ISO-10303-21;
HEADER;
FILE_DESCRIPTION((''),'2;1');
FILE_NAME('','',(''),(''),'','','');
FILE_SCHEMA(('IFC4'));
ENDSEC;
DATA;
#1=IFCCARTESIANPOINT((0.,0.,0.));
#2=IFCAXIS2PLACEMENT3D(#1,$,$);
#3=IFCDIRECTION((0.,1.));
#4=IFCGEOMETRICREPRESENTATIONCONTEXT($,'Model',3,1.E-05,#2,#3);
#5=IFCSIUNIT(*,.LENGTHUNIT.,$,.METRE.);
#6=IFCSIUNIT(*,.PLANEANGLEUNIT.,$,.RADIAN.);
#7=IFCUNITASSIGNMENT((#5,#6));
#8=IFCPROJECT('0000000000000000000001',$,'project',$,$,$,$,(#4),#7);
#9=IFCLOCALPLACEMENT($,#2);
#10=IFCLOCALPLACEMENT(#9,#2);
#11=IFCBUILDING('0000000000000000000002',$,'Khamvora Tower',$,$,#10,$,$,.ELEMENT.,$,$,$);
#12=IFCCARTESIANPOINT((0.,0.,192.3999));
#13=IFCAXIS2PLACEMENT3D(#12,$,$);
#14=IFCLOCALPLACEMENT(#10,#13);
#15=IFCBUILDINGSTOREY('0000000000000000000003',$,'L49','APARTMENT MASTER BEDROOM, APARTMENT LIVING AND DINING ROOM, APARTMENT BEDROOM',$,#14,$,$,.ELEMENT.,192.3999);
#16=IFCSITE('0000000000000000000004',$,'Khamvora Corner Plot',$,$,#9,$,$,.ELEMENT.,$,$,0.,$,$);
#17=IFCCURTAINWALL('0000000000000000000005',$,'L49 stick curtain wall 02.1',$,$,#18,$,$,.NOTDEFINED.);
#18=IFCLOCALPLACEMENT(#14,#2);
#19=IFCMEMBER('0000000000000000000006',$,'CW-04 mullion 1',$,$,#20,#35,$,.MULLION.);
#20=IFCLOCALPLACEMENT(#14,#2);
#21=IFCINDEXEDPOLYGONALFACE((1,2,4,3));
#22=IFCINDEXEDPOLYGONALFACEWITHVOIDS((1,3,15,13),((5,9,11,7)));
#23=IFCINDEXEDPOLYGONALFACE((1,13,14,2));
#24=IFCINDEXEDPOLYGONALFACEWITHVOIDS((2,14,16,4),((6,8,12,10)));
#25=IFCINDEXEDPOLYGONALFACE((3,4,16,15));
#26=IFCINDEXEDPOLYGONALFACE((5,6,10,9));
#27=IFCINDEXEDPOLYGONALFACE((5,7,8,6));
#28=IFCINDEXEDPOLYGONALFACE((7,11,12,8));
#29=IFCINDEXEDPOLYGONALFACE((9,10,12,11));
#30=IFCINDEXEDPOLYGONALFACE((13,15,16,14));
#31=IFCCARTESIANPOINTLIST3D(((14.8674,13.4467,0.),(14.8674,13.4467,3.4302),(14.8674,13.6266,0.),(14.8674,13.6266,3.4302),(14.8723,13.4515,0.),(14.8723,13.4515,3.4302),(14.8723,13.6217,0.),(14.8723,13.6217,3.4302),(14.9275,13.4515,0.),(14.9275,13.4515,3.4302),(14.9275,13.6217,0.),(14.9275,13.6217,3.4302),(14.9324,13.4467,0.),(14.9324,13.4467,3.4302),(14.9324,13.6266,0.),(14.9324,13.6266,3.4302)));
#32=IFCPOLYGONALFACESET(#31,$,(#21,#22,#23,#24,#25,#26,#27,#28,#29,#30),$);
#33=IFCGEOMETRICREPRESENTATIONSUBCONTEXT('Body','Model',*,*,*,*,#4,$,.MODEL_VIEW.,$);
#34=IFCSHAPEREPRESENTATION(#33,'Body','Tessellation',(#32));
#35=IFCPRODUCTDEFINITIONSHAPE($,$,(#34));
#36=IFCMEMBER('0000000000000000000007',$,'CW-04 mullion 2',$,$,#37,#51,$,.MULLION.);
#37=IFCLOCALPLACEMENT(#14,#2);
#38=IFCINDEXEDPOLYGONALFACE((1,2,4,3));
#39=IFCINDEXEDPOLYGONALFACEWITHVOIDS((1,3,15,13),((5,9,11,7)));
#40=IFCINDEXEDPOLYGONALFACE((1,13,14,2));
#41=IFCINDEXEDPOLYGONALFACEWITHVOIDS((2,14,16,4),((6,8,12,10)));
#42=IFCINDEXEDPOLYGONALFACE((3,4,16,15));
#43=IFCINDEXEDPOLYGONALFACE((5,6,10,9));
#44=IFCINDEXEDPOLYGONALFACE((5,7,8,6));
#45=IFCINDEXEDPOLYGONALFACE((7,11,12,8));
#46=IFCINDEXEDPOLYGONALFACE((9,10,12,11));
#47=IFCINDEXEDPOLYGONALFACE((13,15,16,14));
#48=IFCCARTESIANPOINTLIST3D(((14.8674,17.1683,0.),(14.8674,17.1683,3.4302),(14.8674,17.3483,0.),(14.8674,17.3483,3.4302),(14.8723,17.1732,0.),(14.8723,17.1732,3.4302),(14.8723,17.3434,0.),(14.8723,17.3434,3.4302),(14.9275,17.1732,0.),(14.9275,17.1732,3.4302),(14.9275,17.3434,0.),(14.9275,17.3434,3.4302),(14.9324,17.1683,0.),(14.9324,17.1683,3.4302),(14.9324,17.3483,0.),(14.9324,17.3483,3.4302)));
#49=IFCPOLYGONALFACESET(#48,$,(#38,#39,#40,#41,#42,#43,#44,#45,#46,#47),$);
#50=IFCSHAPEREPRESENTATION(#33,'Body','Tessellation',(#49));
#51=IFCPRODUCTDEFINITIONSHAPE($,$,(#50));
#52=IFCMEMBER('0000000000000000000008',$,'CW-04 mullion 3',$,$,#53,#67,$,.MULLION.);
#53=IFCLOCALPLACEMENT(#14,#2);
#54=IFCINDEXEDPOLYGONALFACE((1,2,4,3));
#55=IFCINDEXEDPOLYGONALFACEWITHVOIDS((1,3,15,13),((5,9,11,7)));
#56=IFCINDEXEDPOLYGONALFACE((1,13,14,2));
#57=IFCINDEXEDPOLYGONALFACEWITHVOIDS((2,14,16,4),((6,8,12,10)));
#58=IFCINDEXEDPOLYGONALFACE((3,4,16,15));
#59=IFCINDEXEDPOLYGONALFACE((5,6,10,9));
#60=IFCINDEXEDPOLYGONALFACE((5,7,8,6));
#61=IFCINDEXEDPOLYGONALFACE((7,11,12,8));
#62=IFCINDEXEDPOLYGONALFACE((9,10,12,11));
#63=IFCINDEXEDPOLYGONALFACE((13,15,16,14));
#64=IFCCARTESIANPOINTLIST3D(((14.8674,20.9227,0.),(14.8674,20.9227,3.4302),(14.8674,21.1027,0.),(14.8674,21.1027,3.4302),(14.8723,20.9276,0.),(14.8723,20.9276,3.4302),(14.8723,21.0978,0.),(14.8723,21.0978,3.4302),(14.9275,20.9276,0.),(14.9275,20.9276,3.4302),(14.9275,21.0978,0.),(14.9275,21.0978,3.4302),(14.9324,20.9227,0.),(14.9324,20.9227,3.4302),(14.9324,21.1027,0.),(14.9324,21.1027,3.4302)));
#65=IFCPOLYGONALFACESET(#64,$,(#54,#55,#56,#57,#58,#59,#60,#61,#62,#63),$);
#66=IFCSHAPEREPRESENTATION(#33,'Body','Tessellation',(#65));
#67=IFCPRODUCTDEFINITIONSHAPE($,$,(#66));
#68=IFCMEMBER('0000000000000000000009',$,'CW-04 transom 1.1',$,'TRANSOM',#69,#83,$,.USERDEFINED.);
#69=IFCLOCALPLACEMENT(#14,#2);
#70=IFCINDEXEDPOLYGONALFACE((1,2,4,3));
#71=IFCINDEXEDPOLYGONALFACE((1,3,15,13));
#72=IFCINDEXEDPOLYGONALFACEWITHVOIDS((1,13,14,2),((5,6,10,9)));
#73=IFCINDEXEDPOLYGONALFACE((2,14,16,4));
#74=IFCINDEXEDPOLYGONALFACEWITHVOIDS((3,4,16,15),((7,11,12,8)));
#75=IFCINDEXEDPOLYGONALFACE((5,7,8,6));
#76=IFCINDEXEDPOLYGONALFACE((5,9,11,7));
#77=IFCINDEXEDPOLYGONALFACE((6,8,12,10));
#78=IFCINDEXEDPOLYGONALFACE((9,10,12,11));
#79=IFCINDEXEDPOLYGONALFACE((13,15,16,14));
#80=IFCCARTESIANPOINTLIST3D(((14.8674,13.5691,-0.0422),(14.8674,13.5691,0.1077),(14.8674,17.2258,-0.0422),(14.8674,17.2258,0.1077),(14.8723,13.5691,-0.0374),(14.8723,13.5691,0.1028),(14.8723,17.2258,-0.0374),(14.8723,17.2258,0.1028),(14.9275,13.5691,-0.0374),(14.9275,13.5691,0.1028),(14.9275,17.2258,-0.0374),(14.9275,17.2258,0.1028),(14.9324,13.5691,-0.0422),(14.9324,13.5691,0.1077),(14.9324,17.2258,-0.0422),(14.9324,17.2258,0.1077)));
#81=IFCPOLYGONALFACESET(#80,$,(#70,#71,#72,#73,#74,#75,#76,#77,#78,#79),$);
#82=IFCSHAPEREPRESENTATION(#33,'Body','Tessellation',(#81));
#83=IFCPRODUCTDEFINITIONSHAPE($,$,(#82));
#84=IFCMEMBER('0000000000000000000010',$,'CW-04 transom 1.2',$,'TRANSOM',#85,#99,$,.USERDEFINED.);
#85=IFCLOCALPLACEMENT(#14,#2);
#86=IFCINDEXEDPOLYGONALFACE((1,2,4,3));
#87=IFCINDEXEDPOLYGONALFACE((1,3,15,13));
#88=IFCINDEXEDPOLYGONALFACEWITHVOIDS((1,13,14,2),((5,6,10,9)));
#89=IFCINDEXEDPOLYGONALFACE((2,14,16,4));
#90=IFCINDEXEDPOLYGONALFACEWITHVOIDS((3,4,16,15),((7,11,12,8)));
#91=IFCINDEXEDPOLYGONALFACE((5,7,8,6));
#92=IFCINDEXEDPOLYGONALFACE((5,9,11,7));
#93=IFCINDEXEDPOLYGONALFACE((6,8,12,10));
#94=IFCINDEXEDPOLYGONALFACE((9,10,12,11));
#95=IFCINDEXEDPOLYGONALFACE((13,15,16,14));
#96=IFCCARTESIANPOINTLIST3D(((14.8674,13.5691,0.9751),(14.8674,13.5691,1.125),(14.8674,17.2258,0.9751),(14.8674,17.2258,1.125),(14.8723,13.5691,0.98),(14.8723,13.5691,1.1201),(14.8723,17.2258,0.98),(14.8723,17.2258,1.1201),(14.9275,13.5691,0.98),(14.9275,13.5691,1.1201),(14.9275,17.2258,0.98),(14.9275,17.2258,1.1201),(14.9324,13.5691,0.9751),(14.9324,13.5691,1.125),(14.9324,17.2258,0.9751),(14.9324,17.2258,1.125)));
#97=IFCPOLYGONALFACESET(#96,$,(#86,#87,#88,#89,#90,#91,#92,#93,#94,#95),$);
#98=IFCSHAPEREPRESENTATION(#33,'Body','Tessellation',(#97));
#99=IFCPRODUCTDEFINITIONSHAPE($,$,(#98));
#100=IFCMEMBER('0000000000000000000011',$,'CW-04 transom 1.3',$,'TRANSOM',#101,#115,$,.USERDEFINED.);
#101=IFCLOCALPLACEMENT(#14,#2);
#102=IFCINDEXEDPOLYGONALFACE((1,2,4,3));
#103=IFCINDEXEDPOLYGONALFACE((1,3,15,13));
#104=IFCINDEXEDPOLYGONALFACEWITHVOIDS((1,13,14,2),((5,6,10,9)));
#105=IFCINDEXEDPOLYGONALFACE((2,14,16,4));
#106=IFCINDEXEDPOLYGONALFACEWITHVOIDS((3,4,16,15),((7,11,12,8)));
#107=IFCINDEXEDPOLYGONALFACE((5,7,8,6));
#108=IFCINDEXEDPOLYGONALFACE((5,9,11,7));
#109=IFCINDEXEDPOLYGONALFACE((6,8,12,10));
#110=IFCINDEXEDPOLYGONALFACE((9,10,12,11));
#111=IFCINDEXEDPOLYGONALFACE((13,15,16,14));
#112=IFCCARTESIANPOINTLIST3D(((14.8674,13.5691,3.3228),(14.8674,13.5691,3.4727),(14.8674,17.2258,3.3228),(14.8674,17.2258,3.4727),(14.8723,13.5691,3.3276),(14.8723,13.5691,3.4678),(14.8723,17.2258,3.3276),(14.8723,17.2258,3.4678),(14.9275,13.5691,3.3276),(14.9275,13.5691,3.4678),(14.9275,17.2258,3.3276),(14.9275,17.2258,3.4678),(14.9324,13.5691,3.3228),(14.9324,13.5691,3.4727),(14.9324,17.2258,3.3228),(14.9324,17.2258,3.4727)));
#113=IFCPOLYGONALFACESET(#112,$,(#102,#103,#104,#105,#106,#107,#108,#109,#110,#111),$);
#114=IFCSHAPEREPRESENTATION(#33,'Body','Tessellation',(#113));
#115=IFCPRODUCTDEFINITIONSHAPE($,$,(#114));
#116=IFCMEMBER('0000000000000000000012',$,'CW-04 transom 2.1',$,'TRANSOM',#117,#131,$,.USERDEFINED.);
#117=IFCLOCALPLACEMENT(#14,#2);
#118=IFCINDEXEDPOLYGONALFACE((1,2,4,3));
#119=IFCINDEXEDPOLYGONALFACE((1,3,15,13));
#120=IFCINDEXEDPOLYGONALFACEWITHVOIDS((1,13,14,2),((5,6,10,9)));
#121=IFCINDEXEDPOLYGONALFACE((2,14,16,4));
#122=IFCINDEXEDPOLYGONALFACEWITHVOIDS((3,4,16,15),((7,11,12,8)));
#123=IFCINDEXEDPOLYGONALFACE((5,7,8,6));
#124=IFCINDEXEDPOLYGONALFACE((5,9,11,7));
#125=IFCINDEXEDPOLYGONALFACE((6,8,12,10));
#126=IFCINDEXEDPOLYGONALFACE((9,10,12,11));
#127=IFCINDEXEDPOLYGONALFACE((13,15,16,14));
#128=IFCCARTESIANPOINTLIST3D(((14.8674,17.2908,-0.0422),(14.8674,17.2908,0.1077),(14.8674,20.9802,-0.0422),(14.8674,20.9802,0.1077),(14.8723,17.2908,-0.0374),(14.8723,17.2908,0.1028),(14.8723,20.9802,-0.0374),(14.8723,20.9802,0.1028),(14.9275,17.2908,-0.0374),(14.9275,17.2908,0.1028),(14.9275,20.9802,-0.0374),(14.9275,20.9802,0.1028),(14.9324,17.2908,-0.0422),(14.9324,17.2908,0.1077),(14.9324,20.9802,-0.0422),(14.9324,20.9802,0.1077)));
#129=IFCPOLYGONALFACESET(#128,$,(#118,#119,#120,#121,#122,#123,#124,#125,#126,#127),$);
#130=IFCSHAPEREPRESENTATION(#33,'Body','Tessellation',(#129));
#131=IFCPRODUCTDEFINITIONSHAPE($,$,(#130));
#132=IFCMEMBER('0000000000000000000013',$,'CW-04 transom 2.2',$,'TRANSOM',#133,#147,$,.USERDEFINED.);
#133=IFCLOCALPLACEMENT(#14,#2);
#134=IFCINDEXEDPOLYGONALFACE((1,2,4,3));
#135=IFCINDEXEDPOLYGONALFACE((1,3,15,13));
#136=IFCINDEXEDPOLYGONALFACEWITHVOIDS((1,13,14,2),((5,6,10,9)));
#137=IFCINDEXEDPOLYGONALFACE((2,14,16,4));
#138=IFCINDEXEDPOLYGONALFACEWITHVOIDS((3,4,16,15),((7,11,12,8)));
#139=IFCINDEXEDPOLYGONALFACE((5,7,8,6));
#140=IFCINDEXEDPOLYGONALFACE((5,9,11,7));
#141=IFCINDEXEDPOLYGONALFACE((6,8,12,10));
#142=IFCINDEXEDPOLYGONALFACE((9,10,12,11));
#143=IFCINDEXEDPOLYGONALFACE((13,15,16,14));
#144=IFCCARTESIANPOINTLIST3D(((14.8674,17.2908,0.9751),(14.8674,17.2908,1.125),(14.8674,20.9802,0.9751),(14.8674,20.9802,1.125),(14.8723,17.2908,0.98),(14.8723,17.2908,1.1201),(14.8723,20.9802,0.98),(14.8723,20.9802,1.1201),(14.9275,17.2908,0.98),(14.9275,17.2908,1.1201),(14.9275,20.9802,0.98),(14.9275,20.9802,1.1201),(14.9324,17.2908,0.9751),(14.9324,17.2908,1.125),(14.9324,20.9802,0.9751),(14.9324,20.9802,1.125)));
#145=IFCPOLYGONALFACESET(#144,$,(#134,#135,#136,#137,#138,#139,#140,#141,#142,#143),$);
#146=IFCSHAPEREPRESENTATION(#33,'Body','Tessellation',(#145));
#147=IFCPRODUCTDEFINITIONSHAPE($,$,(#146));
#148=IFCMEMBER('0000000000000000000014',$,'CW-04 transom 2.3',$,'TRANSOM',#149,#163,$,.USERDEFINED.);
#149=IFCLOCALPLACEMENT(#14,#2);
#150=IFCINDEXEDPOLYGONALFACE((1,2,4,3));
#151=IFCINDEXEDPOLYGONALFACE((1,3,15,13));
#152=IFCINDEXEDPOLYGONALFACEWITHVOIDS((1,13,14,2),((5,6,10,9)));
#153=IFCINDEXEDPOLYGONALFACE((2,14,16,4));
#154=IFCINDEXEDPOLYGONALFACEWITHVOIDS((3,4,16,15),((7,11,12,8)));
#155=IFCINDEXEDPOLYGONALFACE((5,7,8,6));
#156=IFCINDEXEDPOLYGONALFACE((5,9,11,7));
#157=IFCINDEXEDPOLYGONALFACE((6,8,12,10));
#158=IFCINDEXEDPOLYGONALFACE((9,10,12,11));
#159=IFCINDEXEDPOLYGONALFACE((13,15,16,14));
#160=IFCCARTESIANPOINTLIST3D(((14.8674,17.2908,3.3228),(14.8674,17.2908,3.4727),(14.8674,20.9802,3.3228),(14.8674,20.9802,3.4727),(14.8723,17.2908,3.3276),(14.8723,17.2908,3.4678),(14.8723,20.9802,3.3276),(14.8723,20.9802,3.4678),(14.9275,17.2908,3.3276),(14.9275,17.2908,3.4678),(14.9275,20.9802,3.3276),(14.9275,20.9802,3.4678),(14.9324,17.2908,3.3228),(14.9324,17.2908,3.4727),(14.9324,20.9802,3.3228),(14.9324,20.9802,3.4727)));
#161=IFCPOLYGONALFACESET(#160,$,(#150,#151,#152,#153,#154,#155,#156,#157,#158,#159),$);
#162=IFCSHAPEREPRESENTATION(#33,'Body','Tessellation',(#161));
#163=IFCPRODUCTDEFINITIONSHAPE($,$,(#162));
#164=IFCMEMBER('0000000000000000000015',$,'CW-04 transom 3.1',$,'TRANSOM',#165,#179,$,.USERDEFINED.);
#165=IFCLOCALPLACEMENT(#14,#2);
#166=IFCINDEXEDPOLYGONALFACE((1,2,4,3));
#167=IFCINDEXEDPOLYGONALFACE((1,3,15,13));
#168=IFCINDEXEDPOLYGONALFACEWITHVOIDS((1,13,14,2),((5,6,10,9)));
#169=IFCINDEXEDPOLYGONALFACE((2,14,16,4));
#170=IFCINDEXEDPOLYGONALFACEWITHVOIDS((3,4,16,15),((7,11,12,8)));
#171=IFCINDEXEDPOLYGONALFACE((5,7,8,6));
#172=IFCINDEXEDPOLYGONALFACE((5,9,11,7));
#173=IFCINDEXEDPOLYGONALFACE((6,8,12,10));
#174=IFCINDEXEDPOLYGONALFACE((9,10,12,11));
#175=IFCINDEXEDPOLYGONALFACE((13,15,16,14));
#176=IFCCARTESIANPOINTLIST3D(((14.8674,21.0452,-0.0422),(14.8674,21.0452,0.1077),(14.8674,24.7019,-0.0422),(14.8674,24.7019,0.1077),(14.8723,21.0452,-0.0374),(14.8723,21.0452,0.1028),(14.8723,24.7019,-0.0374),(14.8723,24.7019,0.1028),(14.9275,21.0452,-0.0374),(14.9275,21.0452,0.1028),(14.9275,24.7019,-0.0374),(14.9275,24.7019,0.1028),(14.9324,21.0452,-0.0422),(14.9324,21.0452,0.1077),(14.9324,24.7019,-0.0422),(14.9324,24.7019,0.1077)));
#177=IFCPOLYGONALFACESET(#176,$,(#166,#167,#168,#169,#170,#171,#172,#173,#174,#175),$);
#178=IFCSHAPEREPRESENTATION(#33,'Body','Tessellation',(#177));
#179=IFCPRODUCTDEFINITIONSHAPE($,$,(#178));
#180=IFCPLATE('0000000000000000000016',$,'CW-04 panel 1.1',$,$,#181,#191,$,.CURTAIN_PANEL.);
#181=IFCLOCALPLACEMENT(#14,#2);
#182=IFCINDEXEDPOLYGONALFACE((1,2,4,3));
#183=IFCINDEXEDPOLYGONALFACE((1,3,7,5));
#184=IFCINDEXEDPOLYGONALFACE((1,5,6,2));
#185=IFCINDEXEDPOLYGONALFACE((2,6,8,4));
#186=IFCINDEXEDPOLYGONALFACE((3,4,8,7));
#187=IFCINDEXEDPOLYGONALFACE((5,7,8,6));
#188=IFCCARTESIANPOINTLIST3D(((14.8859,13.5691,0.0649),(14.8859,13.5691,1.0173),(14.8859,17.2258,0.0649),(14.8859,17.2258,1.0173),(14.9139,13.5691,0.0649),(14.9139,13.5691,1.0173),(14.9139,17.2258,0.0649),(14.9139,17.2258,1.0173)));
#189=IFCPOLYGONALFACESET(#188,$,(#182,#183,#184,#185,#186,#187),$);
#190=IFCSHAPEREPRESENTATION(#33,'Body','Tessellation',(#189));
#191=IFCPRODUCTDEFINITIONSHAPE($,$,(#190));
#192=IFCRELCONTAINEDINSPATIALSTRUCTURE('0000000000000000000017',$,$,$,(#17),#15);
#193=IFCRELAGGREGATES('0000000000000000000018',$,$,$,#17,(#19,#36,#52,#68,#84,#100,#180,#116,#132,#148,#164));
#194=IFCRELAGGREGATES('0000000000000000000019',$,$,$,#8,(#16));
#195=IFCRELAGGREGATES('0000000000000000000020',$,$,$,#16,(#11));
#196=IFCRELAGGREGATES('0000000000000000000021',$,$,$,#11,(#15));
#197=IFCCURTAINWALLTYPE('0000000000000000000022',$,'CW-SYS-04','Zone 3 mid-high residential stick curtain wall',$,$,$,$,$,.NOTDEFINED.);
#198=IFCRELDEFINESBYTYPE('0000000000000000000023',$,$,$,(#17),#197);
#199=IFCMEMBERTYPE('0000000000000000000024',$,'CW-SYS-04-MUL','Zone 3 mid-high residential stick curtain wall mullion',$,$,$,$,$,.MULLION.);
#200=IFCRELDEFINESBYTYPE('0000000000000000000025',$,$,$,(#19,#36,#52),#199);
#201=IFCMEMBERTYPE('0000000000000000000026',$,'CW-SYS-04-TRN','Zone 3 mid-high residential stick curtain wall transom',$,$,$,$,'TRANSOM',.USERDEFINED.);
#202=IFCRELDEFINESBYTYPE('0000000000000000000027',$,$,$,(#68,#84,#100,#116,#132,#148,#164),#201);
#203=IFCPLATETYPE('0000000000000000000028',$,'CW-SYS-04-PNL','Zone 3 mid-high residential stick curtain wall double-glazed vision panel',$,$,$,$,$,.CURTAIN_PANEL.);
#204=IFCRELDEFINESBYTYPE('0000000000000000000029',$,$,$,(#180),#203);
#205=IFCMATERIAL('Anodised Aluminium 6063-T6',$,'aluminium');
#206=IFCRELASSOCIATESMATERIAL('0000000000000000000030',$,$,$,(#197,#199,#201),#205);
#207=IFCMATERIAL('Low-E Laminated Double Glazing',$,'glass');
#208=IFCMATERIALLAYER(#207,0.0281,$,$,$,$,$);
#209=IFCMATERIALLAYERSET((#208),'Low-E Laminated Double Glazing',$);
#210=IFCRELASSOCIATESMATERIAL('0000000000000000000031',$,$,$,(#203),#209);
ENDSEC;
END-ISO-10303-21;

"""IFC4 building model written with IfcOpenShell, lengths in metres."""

from ifc_helpers import new_model, si_unit, direction, frame, origin, origin_2d, place, context, subcontext, project, spatial, rectangle, hollow_rectangle, extrude, material, layer, layer_set, material_profile, profile_set, type_object, element, aggregate, save


model = new_model("IFC4")

# Units and contexts
model_context = context("Model", 3, precision=1e-05, world=origin(), true_north=direction((0.0, 1.0)))
body_context = subcontext(model_context, "Body", "Model", "MODEL_VIEW")
ifc_project = project(units=[si_unit("LENGTHUNIT", "METRE"), si_unit("PLANEANGLEUNIT", "RADIAN")], contexts=[model_context])

# Site, building, storey
site_placement = place(None, origin())
site = spatial("IfcSite", under=ifc_project, at=site_placement, Name="Khamvora Corner Plot", CompositionType="ELEMENT", RefElevation=0.0)
building_placement = place(site_placement, origin())
building = spatial("IfcBuilding", under=site, at=building_placement, Name="Khamvora Tower", CompositionType="ELEMENT")
storey_placement = place(building_placement, frame((0.0, 0.0, 192.3999)))
storey = spatial("IfcBuildingStorey", under=building, at=storey_placement, Name="L49", Description="APARTMENT MASTER BEDROOM, APARTMENT LIVING AND DINING ROOM, APARTMENT BEDROOM", CompositionType="ELEMENT", Elevation=192.3999)

# Curtain wall, members, plate
ifc_material_1 = material(Name="Anodised Aluminium 6063-T6", Category="aluminium")
curtain_wall_type = type_object("IfcCurtainWallType", Name="CW-SYS-04", Description="Zone 3 mid-high residential stick curtain wall", PredefinedType="NOTDEFINED", material=ifc_material_1)
curtain_wall_placement = place(storey_placement, origin())
curtain_wall = element("IfcCurtainWall", 1, at=curtain_wall_placement, inside=storey, type_object=curtain_wall_type, Name="L49 stick curtain wall 02.1", PredefinedType="NOTDEFINED")
ifc_material_profile_1 = material_profile(ifc_material_1, hollow_rectangle(XDim=0.0649, YDim=0.1799, WallThickness=0.0049, at=origin_2d()), Name="MUL65x180x5")
ifc_profile_set_1 = profile_set([ifc_material_profile_1], Name="Anodised Aluminium 6063-T6")
member_type_1 = type_object("IfcMemberType", Name="CW-SYS-04-MUL", Description="Zone 3 mid-high residential stick curtain wall mullion", PredefinedType="MULLION", material=ifc_profile_set_1)
member_1_placement = place(storey_placement, frame((14.8999, 13.5366, 0.0), z_axis=(0.0, 0.0, 1.0), x_axis=(-1.0, 0.0, 0.0)))
member_1 = element("IfcMember", 2, at=member_1_placement, type_object=member_type_1, Name="CW-04 mullion 1", PredefinedType="MULLION", context=body_context, shape_type="SweptSolid", body=[
    extrude(hollow_rectangle(XDim=0.0649, YDim=0.1799, WallThickness=0.0049, at=origin_2d()), origin(), (0.0, 0.0, 1.0), 3.4302),
])
member_2_placement = place(storey_placement, frame((14.8999, 17.2583, 0.0), z_axis=(0.0, 0.0, 1.0), x_axis=(-1.0, 0.0, 0.0)))
member_2 = element("IfcMember", 3, at=member_2_placement, type_object=member_type_1, Name="CW-04 mullion 2", PredefinedType="MULLION", context=body_context, shape_type="SweptSolid", body=[
    extrude(hollow_rectangle(XDim=0.0649, YDim=0.1799, WallThickness=0.0049, at=origin_2d()), origin(), (0.0, 0.0, 1.0), 3.4302),
])
member_3_placement = place(storey_placement, frame((14.8999, 21.0127, 0.0), z_axis=(0.0, 0.0, 1.0), x_axis=(-1.0, 0.0, 0.0)))
member_3 = element("IfcMember", 4, at=member_3_placement, type_object=member_type_1, Name="CW-04 mullion 3", PredefinedType="MULLION", context=body_context, shape_type="SweptSolid", body=[
    extrude(hollow_rectangle(XDim=0.0649, YDim=0.1799, WallThickness=0.0049, at=origin_2d()), origin(), (0.0, 0.0, 1.0), 3.4302),
])
ifc_material_profile_2 = material_profile(ifc_material_1, hollow_rectangle(XDim=0.0649, YDim=0.1499, WallThickness=0.0049, at=origin_2d()), Name="TRN65x150x5")
ifc_profile_set_2 = profile_set([ifc_material_profile_2], Name="Anodised Aluminium 6063-T6")
member_type_2 = type_object("IfcMemberType", Name="CW-SYS-04-TRN", Description="Zone 3 mid-high residential stick curtain wall transom", ElementType="TRANSOM", PredefinedType="USERDEFINED", material=ifc_profile_set_2)
member_4_placement = place(storey_placement, frame((14.8999, 13.5691, 0.0327), z_axis=(0.0, 1.0, 0.0), x_axis=(-1.0, 0.0, 0.0)))
member_4 = element("IfcMember", 5, at=member_4_placement, type_object=member_type_2, Name="CW-04 transom 1.1", ObjectType="TRANSOM", PredefinedType="USERDEFINED", context=body_context, shape_type="SweptSolid", body=[
    extrude(hollow_rectangle(XDim=0.0649, YDim=0.1499, WallThickness=0.0049, at=origin_2d()), origin(), (0.0, 0.0, 1.0), 3.6567),
])
member_5_placement = place(storey_placement, frame((14.8999, 13.5691, 1.05), z_axis=(0.0, 1.0, 0.0), x_axis=(-1.0, 0.0, 0.0)))
member_5 = element("IfcMember", 6, at=member_5_placement, type_object=member_type_2, Name="CW-04 transom 1.2", ObjectType="TRANSOM", PredefinedType="USERDEFINED", context=body_context, shape_type="SweptSolid", body=[
    extrude(hollow_rectangle(XDim=0.0649, YDim=0.1499, WallThickness=0.0049, at=origin_2d()), origin(), (0.0, 0.0, 1.0), 3.6567),
])
member_6_placement = place(storey_placement, frame((14.8999, 13.5691, 3.3977), z_axis=(0.0, 1.0, 0.0), x_axis=(-1.0, 0.0, 0.0)))
member_6 = element("IfcMember", 7, at=member_6_placement, type_object=member_type_2, Name="CW-04 transom 1.3", ObjectType="TRANSOM", PredefinedType="USERDEFINED", context=body_context, shape_type="SweptSolid", body=[
    extrude(hollow_rectangle(XDim=0.0649, YDim=0.1499, WallThickness=0.0049, at=origin_2d()), origin(), (0.0, 0.0, 1.0), 3.6567),
])
member_7_placement = place(storey_placement, frame((14.8999, 17.2908, 0.0327), z_axis=(0.0, 1.0, 0.0), x_axis=(-1.0, 0.0, 0.0)))
member_7 = element("IfcMember", 8, at=member_7_placement, type_object=member_type_2, Name="CW-04 transom 2.1", ObjectType="TRANSOM", PredefinedType="USERDEFINED", context=body_context, shape_type="SweptSolid", body=[
    extrude(hollow_rectangle(XDim=0.0649, YDim=0.1499, WallThickness=0.0049, at=origin_2d()), origin(), (0.0, 0.0, 1.0), 3.6895),
])
member_8_placement = place(storey_placement, frame((14.8999, 17.2908, 1.05), z_axis=(0.0, 1.0, 0.0), x_axis=(-1.0, 0.0, 0.0)))
member_8 = element("IfcMember", 9, at=member_8_placement, type_object=member_type_2, Name="CW-04 transom 2.2", ObjectType="TRANSOM", PredefinedType="USERDEFINED", context=body_context, shape_type="SweptSolid", body=[
    extrude(hollow_rectangle(XDim=0.0649, YDim=0.1499, WallThickness=0.0049, at=origin_2d()), origin(), (0.0, 0.0, 1.0), 3.6895),
])
member_9_placement = place(storey_placement, frame((14.8999, 17.2908, 3.3977), z_axis=(0.0, 1.0, 0.0), x_axis=(-1.0, 0.0, 0.0)))
member_9 = element("IfcMember", 10, at=member_9_placement, type_object=member_type_2, Name="CW-04 transom 2.3", ObjectType="TRANSOM", PredefinedType="USERDEFINED", context=body_context, shape_type="SweptSolid", body=[
    extrude(hollow_rectangle(XDim=0.0649, YDim=0.1499, WallThickness=0.0049, at=origin_2d()), origin(), (0.0, 0.0, 1.0), 3.6895),
])
member_10_placement = place(storey_placement, frame((14.8999, 21.0452, 0.0327), z_axis=(0.0, 1.0, 0.0), x_axis=(-1.0, 0.0, 0.0)))
member_10 = element("IfcMember", 11, at=member_10_placement, type_object=member_type_2, Name="CW-04 transom 3.1", ObjectType="TRANSOM", PredefinedType="USERDEFINED", context=body_context, shape_type="SweptSolid", body=[
    extrude(hollow_rectangle(XDim=0.0649, YDim=0.1499, WallThickness=0.0049, at=origin_2d()), origin(), (0.0, 0.0, 1.0), 3.6567),
])
ifc_material_2 = material(Name="Low-E Laminated Double Glazing", Category="glass")
ifc_layer_1 = layer(ifc_material_2, 0.0281)
ifc_layer_set_1 = layer_set([ifc_layer_1], Name="Low-E Laminated Double Glazing")
plate_type = type_object("IfcPlateType", Name="CW-SYS-04-PNL", Description="Zone 3 mid-high residential stick curtain wall double-glazed vision panel", PredefinedType="CURTAIN_PANEL", material=ifc_layer_set_1)
plate_1_placement = place(storey_placement, frame((14.8999, 15.3975, 0.0649), z_axis=(0.0, 0.0, 1.0), x_axis=(0.0, 1.0, 0.0)))
plate_1 = element("IfcPlate", 12, at=plate_1_placement, type_object=plate_type, Name="CW-04 panel 1.1", PredefinedType="CURTAIN_PANEL", context=body_context, shape_type="SweptSolid", body=[
    extrude(rectangle(XDim=3.6567, YDim=0.0281, at=origin_2d()), origin(), (0.0, 0.0, 1.0), 0.9524),
])
aggregate(curtain_wall, [member_1, member_2, member_3, member_4, member_5, member_6, plate_1, member_7, member_8, member_9, member_10])

save(model, "model.ifc")
